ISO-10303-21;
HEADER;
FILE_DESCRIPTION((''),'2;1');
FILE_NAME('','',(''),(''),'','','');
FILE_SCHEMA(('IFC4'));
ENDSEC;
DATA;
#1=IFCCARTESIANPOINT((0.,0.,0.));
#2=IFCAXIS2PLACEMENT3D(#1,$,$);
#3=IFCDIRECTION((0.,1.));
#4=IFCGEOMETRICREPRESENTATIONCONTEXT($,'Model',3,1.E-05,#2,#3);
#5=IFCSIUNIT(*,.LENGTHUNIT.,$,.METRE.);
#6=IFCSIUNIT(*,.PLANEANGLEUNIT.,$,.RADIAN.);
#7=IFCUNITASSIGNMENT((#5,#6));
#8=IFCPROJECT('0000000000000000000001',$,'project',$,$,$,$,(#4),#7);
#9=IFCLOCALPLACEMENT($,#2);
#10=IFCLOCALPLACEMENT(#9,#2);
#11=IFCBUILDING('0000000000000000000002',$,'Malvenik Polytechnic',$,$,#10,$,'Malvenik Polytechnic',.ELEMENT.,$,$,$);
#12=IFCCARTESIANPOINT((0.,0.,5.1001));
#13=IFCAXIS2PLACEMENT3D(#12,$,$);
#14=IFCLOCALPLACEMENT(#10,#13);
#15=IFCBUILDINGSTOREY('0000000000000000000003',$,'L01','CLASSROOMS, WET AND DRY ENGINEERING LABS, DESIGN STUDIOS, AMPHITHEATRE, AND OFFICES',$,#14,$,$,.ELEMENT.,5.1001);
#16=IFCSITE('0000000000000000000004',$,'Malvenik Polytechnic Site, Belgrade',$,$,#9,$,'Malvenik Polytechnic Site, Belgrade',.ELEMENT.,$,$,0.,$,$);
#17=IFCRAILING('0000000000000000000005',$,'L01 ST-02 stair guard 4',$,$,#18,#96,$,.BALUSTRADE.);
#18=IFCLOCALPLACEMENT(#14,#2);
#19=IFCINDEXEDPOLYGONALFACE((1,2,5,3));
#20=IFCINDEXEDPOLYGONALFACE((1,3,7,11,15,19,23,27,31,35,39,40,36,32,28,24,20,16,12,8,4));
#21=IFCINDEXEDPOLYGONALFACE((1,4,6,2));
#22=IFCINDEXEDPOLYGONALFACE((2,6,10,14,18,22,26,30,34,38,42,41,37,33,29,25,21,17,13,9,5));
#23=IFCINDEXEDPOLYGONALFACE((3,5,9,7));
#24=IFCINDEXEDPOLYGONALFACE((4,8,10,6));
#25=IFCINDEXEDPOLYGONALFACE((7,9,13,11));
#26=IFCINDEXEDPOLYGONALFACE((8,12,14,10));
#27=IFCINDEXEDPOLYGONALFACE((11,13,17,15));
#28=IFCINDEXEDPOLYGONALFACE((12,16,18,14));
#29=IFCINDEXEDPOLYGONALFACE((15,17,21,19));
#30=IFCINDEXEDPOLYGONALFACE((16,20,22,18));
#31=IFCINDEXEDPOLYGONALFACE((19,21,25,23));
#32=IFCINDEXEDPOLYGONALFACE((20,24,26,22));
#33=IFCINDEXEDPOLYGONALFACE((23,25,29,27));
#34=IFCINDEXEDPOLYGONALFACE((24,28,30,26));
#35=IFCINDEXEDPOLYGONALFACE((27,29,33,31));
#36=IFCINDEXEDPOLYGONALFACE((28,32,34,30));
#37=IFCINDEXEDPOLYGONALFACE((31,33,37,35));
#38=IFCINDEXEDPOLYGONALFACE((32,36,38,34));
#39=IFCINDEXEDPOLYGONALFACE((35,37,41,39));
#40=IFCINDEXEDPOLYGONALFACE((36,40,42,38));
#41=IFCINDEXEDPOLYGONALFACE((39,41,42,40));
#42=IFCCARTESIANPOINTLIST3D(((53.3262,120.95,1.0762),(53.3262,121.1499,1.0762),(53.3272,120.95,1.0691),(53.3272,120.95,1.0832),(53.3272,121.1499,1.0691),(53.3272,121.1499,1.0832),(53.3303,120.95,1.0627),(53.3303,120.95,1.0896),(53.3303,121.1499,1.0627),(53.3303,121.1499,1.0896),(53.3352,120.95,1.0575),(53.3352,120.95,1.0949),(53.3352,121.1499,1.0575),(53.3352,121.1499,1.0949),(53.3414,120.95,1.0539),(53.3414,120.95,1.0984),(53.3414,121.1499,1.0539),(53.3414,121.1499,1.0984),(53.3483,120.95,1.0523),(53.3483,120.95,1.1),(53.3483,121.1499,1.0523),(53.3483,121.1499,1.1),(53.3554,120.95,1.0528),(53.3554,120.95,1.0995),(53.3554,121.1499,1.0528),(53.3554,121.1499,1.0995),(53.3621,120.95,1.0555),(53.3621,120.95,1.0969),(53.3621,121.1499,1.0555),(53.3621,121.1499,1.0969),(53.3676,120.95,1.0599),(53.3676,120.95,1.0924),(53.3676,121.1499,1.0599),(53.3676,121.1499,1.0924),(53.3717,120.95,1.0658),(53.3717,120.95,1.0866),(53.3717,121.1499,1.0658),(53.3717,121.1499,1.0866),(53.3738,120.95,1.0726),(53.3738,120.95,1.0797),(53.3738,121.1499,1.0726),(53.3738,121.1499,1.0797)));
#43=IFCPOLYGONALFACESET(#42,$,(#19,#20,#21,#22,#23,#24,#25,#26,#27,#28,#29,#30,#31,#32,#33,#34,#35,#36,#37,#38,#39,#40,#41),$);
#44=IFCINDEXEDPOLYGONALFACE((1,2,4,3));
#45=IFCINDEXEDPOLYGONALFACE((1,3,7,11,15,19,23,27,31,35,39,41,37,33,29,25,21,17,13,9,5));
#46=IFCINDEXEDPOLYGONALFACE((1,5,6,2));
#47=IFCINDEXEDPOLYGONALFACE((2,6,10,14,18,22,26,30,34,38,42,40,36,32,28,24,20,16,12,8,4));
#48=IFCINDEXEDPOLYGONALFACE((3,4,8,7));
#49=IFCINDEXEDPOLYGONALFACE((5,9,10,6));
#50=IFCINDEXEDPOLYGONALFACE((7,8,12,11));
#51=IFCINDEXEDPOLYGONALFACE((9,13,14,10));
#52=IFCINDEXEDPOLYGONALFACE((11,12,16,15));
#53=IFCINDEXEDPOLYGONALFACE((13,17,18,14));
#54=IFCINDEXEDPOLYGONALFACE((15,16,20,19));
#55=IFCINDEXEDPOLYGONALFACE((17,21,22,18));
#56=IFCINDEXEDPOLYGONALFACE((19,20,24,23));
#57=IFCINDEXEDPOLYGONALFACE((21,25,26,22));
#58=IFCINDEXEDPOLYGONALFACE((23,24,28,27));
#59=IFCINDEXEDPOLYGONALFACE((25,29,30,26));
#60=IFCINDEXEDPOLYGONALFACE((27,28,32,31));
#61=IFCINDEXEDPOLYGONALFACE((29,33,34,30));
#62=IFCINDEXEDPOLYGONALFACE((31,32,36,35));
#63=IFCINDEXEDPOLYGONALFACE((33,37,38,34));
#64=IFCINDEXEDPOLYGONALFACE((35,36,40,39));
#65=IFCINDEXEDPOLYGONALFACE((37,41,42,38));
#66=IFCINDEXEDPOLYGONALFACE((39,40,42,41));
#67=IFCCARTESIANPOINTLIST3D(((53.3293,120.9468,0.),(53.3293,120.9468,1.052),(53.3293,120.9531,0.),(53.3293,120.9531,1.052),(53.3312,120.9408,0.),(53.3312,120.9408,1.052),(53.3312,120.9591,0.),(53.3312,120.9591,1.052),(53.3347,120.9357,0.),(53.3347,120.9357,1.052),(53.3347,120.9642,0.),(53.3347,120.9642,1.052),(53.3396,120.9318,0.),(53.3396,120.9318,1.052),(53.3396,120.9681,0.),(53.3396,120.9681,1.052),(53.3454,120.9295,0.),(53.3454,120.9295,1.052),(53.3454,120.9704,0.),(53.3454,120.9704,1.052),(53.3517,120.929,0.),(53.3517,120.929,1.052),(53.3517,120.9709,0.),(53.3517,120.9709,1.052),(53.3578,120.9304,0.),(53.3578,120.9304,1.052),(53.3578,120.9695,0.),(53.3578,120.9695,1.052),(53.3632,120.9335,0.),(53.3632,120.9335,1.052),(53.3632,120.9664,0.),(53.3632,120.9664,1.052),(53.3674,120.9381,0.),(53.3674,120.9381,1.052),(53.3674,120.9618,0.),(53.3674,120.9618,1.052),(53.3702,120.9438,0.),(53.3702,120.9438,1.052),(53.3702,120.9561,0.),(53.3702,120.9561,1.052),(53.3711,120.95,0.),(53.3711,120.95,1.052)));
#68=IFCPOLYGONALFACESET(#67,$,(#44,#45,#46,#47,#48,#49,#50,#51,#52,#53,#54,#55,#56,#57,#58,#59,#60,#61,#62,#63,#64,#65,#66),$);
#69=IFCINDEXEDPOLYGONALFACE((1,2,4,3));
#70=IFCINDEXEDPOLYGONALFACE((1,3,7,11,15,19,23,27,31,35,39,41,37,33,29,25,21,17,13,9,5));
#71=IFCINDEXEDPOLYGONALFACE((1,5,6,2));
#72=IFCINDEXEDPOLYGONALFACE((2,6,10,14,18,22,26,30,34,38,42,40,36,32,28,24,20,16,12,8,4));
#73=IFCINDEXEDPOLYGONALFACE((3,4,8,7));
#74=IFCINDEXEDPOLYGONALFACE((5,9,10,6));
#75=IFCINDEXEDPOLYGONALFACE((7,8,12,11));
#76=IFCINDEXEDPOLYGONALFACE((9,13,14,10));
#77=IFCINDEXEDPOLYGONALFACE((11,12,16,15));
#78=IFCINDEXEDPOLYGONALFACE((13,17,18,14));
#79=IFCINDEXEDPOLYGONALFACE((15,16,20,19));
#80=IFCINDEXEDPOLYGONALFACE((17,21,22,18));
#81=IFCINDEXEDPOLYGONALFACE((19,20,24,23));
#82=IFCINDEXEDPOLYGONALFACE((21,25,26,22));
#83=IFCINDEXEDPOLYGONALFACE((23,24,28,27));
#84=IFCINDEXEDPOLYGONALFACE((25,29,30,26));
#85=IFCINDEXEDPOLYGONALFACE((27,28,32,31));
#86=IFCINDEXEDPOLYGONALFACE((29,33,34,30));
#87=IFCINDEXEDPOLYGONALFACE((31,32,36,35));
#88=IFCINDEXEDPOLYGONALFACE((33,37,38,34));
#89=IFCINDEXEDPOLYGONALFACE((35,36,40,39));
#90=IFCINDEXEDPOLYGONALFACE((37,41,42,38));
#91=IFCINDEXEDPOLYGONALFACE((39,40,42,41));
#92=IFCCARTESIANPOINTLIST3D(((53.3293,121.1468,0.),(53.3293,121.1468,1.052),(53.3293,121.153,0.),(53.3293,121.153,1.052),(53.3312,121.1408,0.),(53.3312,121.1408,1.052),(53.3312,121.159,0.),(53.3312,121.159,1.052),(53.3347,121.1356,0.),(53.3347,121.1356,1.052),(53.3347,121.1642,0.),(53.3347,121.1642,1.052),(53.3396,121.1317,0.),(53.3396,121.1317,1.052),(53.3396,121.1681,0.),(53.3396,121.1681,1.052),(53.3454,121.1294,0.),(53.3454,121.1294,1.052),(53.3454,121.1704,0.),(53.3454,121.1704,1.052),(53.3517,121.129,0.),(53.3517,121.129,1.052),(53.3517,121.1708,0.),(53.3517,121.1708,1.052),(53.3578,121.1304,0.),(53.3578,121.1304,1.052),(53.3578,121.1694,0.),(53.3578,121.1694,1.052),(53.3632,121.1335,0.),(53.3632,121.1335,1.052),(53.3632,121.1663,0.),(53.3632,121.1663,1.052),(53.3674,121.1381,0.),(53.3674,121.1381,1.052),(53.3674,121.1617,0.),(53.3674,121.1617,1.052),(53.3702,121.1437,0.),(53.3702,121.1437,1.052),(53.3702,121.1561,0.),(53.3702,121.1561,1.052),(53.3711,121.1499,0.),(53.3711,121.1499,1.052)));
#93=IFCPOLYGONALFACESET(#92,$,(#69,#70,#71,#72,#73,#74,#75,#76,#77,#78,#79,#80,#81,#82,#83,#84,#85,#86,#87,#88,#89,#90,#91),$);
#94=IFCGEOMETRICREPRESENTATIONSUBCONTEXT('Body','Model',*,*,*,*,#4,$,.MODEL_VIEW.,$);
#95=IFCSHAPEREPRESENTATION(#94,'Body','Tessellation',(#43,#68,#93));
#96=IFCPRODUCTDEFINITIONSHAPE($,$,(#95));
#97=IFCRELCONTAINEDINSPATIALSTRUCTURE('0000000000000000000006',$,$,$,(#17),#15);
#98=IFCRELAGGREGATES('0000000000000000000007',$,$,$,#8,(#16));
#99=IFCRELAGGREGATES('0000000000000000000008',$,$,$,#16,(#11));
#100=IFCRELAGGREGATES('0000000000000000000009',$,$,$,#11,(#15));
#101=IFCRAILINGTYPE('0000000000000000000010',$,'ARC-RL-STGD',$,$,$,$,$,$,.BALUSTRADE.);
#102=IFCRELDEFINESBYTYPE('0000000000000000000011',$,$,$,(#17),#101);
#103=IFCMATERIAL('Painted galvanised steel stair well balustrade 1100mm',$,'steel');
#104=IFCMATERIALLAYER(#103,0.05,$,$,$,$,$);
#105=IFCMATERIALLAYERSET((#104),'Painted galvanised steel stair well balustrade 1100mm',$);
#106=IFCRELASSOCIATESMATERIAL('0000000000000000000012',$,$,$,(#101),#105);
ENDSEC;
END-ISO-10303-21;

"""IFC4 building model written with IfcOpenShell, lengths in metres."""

from ifc_helpers import new_model, si_unit, direction, frame, origin, origin_2d, place, context, subcontext, project, spatial, circle, extrude, material, layer, layer_set, type_object, element, save


model = new_model("IFC4")

# Units and contexts
model_context = context("Model", 3, precision=1e-05, world=origin(), true_north=direction((0.0, 1.0)))
body_context = subcontext(model_context, "Body", "Model", "MODEL_VIEW")
ifc_project = project(units=[si_unit("LENGTHUNIT", "METRE"), si_unit("PLANEANGLEUNIT", "RADIAN")], contexts=[model_context])

# Site, building, storey
site_placement = place(None, origin())
site = spatial("IfcSite", under=ifc_project, at=site_placement, Name="Malvenik Polytechnic Site, Belgrade", LongName="Malvenik Polytechnic Site, Belgrade", CompositionType="ELEMENT", RefElevation=0.0)
building_placement = place(site_placement, origin())
building = spatial("IfcBuilding", under=site, at=building_placement, Name="Malvenik Polytechnic", LongName="Malvenik Polytechnic", CompositionType="ELEMENT")
storey_placement = place(building_placement, frame((0.0, 0.0, 5.1001)))
storey = spatial("IfcBuildingStorey", under=building, at=storey_placement, Name="L01", Description="CLASSROOMS, WET AND DRY ENGINEERING LABS, DESIGN STUDIOS, AMPHITHEATRE, AND OFFICES", CompositionType="ELEMENT", Elevation=5.1001)

# Railing
ifc_material_1 = material(Name="Painted galvanised steel stair well balustrade 1100mm", Category="steel")
ifc_layer_1 = layer(ifc_material_1, 0.05)
ifc_layer_set_1 = layer_set([ifc_layer_1], Name="Painted galvanised steel stair well balustrade 1100mm")
railing_type_1 = type_object("IfcRailingType", Name="ARC-RL-STGD", PredefinedType="BALUSTRADE", material=ifc_layer_set_1)
railing_1_placement = place(storey_placement, frame((53.3501, 120.95, 0.0)))
element("IfcRailing", 1, at=railing_1_placement, inside=storey, type_object=railing_type_1, Name="L01 ST-02 stair guard 4", PredefinedType="BALUSTRADE", context=body_context, shape_type="SweptSolid", body=[
    extrude(circle(Radius=0.0239, at=origin_2d()), frame((0.0, 0.0, 1.0762), z_axis=(0.0, 1.0, 0.0), x_axis=(-1.0, 0.0, 0.0)), (0.0, 0.0, 1.0), 0.2),
    extrude(circle(Radius=0.021, at=origin_2d()), origin(), (0.0, 0.0, 1.0), 1.052),
    extrude(circle(Radius=0.021, at=origin_2d()), frame((0.0, 0.2, 0.0)), (0.0, 0.0, 1.0), 1.052),
])

save(model, "model.ifc")
